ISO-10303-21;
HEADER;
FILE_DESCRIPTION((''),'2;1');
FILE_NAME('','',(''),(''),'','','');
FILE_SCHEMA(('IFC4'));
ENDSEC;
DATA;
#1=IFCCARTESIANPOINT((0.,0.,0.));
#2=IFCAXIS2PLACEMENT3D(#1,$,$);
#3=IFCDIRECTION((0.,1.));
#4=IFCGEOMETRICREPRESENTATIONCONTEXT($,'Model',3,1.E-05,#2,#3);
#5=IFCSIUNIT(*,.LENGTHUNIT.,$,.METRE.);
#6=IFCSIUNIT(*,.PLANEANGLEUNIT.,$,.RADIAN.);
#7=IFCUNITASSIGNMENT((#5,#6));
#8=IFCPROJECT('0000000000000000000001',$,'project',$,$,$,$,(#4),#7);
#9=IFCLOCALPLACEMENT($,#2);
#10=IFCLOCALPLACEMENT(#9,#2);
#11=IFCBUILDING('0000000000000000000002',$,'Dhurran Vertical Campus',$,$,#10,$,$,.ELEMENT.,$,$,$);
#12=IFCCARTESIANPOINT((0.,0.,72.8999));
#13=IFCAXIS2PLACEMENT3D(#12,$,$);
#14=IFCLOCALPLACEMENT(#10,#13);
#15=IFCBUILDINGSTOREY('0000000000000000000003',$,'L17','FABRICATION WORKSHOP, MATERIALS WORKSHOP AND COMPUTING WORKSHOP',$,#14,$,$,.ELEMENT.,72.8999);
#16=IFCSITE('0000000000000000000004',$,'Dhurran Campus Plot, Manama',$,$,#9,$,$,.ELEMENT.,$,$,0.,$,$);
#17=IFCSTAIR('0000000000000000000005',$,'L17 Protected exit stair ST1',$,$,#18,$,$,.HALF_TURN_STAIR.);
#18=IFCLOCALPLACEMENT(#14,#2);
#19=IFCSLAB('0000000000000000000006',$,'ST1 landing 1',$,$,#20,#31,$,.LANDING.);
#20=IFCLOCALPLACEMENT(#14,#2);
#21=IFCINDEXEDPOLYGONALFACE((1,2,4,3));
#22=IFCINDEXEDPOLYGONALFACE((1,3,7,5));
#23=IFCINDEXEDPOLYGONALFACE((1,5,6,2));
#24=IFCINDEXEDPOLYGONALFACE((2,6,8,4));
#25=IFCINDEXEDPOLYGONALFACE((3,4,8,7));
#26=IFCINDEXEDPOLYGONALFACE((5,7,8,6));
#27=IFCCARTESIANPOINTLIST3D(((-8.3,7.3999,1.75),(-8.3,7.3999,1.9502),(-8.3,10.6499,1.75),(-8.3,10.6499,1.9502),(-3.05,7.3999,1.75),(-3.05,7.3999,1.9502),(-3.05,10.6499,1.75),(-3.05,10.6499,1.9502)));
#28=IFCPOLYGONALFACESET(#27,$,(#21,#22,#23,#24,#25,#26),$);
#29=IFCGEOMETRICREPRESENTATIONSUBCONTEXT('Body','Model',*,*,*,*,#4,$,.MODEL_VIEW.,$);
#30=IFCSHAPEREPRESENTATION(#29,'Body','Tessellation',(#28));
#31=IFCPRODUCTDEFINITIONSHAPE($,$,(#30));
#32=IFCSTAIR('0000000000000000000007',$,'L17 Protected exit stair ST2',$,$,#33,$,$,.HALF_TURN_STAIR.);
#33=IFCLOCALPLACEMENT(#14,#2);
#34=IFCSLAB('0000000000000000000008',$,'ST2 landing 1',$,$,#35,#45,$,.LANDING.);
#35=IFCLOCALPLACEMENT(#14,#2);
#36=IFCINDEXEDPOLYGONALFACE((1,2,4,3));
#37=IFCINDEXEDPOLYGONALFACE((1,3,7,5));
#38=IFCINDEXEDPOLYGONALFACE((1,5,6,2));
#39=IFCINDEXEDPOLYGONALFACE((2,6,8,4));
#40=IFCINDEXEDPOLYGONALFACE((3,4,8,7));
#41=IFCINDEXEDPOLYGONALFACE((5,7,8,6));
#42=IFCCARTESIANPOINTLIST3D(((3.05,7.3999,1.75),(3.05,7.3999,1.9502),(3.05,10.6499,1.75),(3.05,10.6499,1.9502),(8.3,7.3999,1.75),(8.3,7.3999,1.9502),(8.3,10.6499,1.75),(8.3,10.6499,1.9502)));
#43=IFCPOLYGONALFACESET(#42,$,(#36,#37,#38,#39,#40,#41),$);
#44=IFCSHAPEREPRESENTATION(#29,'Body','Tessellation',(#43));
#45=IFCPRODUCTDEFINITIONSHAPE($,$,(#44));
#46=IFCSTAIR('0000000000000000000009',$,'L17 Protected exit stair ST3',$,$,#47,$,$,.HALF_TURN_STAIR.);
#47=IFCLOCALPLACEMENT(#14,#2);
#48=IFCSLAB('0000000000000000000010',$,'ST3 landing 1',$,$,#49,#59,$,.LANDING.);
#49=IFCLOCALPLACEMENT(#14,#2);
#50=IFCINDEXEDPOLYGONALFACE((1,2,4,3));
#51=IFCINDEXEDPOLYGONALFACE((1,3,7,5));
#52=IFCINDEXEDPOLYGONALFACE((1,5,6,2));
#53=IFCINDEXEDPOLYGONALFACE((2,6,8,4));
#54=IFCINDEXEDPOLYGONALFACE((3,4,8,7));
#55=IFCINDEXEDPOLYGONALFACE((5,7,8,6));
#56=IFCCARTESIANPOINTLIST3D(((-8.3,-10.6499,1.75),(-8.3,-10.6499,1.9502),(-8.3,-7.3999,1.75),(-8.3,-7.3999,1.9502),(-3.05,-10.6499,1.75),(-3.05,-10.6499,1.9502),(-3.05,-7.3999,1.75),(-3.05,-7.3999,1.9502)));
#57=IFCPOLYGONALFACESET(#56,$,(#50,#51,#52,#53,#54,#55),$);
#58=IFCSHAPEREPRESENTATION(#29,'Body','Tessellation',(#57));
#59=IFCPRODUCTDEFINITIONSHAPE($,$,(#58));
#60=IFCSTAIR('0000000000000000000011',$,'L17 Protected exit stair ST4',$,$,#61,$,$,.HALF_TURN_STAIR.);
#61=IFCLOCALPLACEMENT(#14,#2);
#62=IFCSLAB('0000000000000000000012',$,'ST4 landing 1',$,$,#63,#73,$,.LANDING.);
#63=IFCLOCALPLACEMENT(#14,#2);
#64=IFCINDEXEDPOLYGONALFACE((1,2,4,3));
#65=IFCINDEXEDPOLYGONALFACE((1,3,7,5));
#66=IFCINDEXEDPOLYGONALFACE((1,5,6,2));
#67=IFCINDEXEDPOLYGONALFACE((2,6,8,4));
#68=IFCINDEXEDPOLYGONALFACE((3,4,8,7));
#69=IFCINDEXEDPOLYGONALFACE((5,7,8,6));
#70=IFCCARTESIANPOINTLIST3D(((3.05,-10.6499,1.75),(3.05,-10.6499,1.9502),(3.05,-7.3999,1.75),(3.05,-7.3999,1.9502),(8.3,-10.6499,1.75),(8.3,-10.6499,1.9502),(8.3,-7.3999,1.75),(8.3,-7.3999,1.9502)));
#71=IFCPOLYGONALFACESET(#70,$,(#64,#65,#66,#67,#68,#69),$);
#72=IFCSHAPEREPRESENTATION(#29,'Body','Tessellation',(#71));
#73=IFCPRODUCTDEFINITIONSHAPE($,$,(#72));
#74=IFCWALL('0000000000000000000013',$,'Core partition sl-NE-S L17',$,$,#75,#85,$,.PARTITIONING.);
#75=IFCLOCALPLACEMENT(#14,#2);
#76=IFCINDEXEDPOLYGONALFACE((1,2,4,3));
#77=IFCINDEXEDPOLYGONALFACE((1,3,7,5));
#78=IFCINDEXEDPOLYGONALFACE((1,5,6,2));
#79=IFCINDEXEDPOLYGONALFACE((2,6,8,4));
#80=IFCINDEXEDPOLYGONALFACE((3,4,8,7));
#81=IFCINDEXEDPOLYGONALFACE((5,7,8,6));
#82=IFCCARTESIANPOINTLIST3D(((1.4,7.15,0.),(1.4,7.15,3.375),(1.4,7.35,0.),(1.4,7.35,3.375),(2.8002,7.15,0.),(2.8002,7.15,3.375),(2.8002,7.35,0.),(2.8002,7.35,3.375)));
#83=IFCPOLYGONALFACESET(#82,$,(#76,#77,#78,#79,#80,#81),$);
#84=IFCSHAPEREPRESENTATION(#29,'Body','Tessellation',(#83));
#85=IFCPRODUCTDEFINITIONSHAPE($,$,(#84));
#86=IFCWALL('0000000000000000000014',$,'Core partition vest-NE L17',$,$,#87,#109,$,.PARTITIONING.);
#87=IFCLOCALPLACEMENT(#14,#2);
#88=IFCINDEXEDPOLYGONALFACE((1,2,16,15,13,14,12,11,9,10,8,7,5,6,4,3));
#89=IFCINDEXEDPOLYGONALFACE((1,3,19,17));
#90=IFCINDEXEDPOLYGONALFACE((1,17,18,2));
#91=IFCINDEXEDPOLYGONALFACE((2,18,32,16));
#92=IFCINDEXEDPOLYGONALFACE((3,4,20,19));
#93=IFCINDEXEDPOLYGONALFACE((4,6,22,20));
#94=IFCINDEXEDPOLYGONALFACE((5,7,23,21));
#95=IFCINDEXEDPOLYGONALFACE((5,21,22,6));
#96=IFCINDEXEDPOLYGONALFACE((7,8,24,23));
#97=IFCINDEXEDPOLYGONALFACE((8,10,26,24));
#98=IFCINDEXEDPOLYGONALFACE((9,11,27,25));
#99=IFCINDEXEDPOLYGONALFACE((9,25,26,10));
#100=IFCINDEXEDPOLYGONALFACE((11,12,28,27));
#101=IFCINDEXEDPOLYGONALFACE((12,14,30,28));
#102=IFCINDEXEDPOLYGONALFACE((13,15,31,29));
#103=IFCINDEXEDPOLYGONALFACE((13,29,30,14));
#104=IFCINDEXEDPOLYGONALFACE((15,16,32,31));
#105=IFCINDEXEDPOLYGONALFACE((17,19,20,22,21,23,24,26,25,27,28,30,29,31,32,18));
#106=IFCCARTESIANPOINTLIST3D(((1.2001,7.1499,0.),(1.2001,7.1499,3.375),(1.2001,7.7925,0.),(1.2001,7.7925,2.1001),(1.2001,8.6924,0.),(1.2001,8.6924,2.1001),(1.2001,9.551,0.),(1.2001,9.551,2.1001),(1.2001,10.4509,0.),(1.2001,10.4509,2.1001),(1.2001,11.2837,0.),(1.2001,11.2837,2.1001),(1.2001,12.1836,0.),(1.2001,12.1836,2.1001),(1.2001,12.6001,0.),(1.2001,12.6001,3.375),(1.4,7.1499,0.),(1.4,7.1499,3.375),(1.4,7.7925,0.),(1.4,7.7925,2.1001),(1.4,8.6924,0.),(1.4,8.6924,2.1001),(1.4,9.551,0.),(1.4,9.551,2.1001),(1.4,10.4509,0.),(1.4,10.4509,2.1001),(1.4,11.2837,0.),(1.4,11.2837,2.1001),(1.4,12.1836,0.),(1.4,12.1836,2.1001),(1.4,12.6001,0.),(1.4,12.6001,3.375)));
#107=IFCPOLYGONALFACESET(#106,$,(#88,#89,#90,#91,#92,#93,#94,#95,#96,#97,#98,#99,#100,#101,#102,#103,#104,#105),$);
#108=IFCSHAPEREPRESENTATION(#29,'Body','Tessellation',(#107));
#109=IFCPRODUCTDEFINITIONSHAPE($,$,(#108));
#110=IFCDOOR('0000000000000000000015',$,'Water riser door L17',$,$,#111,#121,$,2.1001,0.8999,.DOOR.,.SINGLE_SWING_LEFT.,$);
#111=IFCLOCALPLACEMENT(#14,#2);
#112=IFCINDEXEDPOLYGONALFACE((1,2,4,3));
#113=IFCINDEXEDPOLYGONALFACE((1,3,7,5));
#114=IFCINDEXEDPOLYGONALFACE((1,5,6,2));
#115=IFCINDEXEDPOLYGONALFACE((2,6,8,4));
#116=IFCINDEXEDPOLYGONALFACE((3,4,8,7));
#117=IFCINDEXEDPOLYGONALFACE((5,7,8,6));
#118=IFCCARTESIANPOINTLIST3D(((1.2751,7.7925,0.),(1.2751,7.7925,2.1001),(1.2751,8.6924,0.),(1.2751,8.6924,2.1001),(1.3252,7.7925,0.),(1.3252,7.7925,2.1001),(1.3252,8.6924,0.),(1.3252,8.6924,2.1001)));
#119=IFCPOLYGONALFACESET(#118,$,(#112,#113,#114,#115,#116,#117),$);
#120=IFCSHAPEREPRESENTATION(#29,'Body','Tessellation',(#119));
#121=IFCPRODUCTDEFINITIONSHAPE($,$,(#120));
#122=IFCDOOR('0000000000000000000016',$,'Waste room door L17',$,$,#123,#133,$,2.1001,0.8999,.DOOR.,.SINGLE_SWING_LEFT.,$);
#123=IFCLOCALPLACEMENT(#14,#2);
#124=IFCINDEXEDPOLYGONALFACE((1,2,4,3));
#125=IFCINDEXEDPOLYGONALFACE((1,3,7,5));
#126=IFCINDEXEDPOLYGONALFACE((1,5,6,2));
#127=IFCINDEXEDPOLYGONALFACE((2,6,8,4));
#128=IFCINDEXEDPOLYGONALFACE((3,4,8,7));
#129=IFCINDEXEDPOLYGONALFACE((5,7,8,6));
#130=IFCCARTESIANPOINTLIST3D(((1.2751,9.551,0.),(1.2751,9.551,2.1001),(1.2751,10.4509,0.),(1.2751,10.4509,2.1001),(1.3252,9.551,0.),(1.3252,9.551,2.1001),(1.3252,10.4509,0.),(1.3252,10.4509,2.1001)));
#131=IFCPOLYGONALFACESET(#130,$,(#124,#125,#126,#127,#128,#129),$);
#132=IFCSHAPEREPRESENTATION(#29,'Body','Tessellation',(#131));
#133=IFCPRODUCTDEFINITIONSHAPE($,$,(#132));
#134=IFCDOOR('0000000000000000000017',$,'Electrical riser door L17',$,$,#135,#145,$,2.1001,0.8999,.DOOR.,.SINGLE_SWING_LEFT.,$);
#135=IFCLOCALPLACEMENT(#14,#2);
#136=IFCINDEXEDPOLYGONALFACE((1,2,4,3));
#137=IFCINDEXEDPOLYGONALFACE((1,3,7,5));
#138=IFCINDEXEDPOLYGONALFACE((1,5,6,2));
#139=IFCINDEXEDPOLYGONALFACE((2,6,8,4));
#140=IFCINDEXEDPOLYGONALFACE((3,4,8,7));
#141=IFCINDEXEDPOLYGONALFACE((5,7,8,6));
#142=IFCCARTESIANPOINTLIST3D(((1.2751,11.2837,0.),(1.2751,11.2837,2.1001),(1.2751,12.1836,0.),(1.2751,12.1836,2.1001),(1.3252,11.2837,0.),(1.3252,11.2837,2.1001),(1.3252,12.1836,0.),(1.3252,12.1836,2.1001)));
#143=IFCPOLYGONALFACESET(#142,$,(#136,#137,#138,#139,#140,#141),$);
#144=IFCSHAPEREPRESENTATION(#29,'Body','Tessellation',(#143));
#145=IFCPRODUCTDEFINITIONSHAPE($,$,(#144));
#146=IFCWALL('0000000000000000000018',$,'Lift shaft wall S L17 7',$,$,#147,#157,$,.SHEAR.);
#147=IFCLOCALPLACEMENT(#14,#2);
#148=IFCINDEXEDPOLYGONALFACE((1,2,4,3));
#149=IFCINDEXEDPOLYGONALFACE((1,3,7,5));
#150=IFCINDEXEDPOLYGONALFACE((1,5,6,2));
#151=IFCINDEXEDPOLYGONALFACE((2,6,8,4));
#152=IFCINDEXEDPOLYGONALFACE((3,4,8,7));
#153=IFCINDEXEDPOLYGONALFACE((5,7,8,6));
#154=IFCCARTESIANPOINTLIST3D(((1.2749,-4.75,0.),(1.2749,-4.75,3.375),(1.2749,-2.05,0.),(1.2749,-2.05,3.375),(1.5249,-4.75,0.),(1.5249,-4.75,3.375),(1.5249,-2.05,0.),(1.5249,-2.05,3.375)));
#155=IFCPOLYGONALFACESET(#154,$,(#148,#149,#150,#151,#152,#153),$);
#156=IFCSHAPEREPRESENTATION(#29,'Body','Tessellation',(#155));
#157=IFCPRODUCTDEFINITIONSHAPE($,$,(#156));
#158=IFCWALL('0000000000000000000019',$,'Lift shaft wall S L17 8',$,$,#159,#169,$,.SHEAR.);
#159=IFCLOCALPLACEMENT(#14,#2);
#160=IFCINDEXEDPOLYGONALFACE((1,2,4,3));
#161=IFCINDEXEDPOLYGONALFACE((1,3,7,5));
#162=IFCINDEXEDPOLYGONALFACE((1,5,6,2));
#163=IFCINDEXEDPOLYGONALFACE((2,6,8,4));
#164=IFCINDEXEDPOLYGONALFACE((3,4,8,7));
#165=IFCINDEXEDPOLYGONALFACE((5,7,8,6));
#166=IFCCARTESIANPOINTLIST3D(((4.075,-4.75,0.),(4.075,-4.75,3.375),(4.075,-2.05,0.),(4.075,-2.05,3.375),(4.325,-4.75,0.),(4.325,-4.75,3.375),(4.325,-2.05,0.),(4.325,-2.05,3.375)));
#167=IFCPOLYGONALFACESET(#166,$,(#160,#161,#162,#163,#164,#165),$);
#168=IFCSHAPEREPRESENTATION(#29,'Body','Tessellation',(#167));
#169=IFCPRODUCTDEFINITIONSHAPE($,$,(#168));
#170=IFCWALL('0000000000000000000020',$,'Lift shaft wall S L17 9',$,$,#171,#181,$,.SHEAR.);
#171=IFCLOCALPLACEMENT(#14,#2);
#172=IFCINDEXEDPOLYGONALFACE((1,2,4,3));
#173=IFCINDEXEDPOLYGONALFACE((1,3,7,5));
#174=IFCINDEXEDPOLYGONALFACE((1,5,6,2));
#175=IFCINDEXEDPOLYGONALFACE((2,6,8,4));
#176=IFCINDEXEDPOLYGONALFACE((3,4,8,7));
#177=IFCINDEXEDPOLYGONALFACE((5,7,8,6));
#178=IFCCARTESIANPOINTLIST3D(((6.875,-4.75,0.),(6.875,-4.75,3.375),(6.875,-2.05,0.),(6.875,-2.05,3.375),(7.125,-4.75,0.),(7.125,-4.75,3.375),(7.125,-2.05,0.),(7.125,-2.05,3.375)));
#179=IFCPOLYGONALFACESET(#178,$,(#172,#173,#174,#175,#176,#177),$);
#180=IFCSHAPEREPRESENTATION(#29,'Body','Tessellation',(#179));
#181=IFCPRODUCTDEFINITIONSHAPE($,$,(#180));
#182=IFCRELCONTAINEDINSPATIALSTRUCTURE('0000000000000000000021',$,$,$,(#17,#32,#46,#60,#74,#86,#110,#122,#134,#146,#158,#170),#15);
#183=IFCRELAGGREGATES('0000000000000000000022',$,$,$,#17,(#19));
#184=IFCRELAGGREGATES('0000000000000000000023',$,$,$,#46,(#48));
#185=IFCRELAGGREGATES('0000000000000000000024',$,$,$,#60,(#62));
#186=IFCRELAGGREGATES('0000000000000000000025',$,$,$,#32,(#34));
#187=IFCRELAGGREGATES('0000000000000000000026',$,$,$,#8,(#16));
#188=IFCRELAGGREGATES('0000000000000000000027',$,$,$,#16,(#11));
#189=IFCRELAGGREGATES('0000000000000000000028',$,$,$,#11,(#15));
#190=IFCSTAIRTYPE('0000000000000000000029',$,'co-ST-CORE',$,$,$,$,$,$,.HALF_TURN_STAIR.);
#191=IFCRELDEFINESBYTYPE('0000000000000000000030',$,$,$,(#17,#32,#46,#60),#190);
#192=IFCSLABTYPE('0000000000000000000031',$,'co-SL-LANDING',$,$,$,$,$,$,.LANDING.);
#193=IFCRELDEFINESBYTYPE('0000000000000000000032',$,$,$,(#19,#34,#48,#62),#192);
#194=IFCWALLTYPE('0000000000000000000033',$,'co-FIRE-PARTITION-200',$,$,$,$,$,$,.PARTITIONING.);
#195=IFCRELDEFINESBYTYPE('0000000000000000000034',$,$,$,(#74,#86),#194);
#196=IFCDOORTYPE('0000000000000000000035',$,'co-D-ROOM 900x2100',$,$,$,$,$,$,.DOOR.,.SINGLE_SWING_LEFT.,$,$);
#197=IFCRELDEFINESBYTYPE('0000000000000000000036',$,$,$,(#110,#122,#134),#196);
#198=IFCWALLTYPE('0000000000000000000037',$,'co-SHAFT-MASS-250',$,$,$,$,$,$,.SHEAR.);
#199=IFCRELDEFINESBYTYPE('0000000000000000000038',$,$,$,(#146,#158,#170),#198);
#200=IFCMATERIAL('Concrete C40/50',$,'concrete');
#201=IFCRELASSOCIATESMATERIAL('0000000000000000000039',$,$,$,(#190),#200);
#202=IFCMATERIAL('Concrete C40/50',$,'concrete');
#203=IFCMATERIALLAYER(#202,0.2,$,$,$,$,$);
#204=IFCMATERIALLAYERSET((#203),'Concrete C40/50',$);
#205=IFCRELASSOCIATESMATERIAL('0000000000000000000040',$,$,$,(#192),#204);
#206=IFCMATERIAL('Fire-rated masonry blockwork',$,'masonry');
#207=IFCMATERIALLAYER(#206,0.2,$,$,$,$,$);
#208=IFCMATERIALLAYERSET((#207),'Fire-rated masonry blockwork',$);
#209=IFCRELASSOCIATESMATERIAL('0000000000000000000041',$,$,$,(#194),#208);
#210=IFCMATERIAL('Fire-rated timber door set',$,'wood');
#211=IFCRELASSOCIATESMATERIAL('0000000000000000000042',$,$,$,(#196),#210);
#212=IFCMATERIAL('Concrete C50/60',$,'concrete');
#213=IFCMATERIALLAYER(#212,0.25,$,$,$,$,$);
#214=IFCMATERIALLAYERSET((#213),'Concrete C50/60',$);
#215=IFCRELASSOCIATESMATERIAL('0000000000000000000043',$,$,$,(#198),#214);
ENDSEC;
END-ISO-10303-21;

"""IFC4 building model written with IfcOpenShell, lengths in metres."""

from ifc_helpers import new_model, si_unit, direction, frame, frame_2d, origin, place, context, subcontext, project, spatial, polyline, rectangle, outline, extrude, material, layer, layer_set, type_object, element, fill, aggregate, save


model = new_model("IFC4")

# Units and contexts
model_context = context("Model", 3, precision=1e-05, world=origin(), true_north=direction((0.0, 1.0)))
body_context = subcontext(model_context, "Body", "Model", "MODEL_VIEW")
ifc_project = project(units=[si_unit("LENGTHUNIT", "METRE"), si_unit("PLANEANGLEUNIT", "RADIAN")], contexts=[model_context])

# Site, building, storey
site_placement = place(None, origin())
site = spatial("IfcSite", under=ifc_project, at=site_placement, Name="Dhurran Campus Plot, Manama", CompositionType="ELEMENT", RefElevation=0.0)
building_placement = place(site_placement, origin())
building = spatial("IfcBuilding", under=site, at=building_placement, Name="Dhurran Vertical Campus", CompositionType="ELEMENT")
storey_placement = place(building_placement, frame((0.0, 0.0, 72.8999)))
storey = spatial("IfcBuildingStorey", under=building, at=storey_placement, Name="L17", Description="FABRICATION WORKSHOP, MATERIALS WORKSHOP AND COMPUTING WORKSHOP", CompositionType="ELEMENT", Elevation=72.8999)

# Stairs, slabs
ifc_material_1 = material(Name="Concrete C40/50", Category="concrete")
stair_type = type_object("IfcStairType", Name="co-ST-CORE", PredefinedType="HALF_TURN_STAIR", material=ifc_material_1)
stair_1_placement = place(storey_placement, origin())
stair_1 = element("IfcStair", 1, at=stair_1_placement, inside=storey, type_object=stair_type, Name="L17 Protected exit stair ST1", PredefinedType="HALF_TURN_STAIR")
ifc_material_2 = material(Name="Concrete C40/50", Category="concrete")
ifc_layer_1 = layer(ifc_material_2, 0.2)
ifc_layer_set_1 = layer_set([ifc_layer_1], Name="Concrete C40/50")
slab_type = type_object("IfcSlabType", Name="co-SL-LANDING", PredefinedType="LANDING", material=ifc_layer_set_1)
slab_1_placement = place(storey_placement, frame((0.0, 0.0, 1.75)))
slab_1 = element("IfcSlab", 2, at=slab_1_placement, type_object=slab_type, Name="ST1 landing 1", PredefinedType="LANDING", context=body_context, shape_type="SweptSolid", body=[
    extrude(outline(polyline([(-8.3, 7.3999), (-3.05, 7.3999), (-3.05, 10.6499), (-8.3, 10.6499), (-8.3, 7.3999)])), origin(), (0.0, 0.0, 1.0), 0.2002),
])
aggregate(stair_1, [slab_1])
stair_2_placement = place(storey_placement, origin())
stair_2 = element("IfcStair", 3, at=stair_2_placement, inside=storey, type_object=stair_type, Name="L17 Protected exit stair ST2", PredefinedType="HALF_TURN_STAIR")
slab_2_placement = place(storey_placement, frame((0.0, 0.0, 1.75)))
slab_2 = element("IfcSlab", 4, at=slab_2_placement, type_object=slab_type, Name="ST2 landing 1", PredefinedType="LANDING", context=body_context, shape_type="SweptSolid", body=[
    extrude(outline(polyline([(8.3, 10.6499), (3.05, 10.6499), (3.05, 7.3999), (8.3, 7.3999), (8.3, 10.6499)])), origin(), (0.0, 0.0, 1.0), 0.2002),
])
stair_3_placement = place(storey_placement, origin())
stair_3 = element("IfcStair", 5, at=stair_3_placement, inside=storey, type_object=stair_type, Name="L17 Protected exit stair ST3", PredefinedType="HALF_TURN_STAIR")
slab_3_placement = place(storey_placement, frame((0.0, 0.0, 1.75)))
slab_3 = element("IfcSlab", 6, at=slab_3_placement, type_object=slab_type, Name="ST3 landing 1", PredefinedType="LANDING", context=body_context, shape_type="SweptSolid", body=[
    extrude(outline(polyline([(-8.3, -10.6499), (-3.05, -10.6499), (-3.05, -7.3999), (-8.3, -7.3999), (-8.3, -10.6499)])), origin(), (0.0, 0.0, 1.0), 0.2002),
])
aggregate(stair_3, [slab_3])
stair_4_placement = place(storey_placement, origin())
stair_4 = element("IfcStair", 7, at=stair_4_placement, inside=storey, type_object=stair_type, Name="L17 Protected exit stair ST4", PredefinedType="HALF_TURN_STAIR")
slab_4_placement = place(storey_placement, frame((0.0, 0.0, 1.75)))
slab_4 = element("IfcSlab", 8, at=slab_4_placement, type_object=slab_type, Name="ST4 landing 1", PredefinedType="LANDING", context=body_context, shape_type="SweptSolid", body=[
    extrude(outline(polyline([(8.3, -7.3999), (3.05, -7.3999), (3.05, -10.6499), (8.3, -10.6499), (8.3, -7.3999)])), origin(), (0.0, 0.0, 1.0), 0.2002),
])
aggregate(stair_4, [slab_4])

# Wall
ifc_material_3 = material(Name="Fire-rated masonry blockwork", Category="masonry")
ifc_layer_2 = layer(ifc_material_3, 0.2)
ifc_layer_set_2 = layer_set([ifc_layer_2], Name="Fire-rated masonry blockwork")
wall_type_1 = type_object("IfcWallType", Name="co-FIRE-PARTITION-200", PredefinedType="PARTITIONING", material=ifc_layer_set_2)
wall_1_placement = place(storey_placement, frame((1.3999, 7.25, 0.0), z_axis=(0.0, 0.0, 1.0), x_axis=(1.0, 0.0, 0.0)))
element("IfcWall", 9, at=wall_1_placement, inside=storey, type_object=wall_type_1, Name="Core partition sl-NE-S L17", PredefinedType="PARTITIONING", context=body_context, shape_type="SweptSolid", body=[
    extrude(rectangle(XDim=1.4001, YDim=0.2, at=frame_2d((0.7002, 0.0))), origin(), (0.0, 0.0, 1.0), 3.375),
])

# Wall, openings, doors
wall_2_placement = place(storey_placement, frame((1.3, 7.1499, 0.0), z_axis=(0.0, 0.0, 1.0), x_axis=(0.0, 1.0, 0.0)))
wall_2 = element("IfcWall", 10, at=wall_2_placement, inside=storey, type_object=wall_type_1, Name="Core partition vest-NE L17", PredefinedType="PARTITIONING", context=body_context, shape_type="SweptSolid", body=[
    extrude(rectangle(XDim=5.4502, YDim=0.2, at=frame_2d((2.7251, 0.0))), origin(), (0.0, 0.0, 1.0), 3.375),
])
opening_1_placement = place(wall_2_placement, frame((0.6426, 0.0, 0.0)))
opening_1 = element("IfcOpeningElement", 11, at=opening_1_placement, cuts=wall_2, PredefinedType="OPENING", context=body_context, shape_type="SweptSolid", body=[
    extrude(rectangle(XDim=0.8999, YDim=2.1001, at=frame_2d((0.45, 1.05))), frame((0.0, 0.1099, 0.0), z_axis=(0.0, -1.0, 0.0), x_axis=(1.0, 0.0, 0.0)), (0.0, 0.0, 1.0), 0.22),
])
opening_2_placement = place(wall_2_placement, frame((2.4011, 0.0, 0.0)))
opening_2 = element("IfcOpeningElement", 12, at=opening_2_placement, cuts=wall_2, PredefinedType="OPENING", context=body_context, shape_type="SweptSolid", body=[
    extrude(rectangle(XDim=0.8999, YDim=2.1001, at=frame_2d((0.45, 1.05))), frame((0.0, 0.1099, 0.0), z_axis=(0.0, -1.0, 0.0), x_axis=(1.0, 0.0, 0.0)), (0.0, 0.0, 1.0), 0.22),
])
opening_3_placement = place(wall_2_placement, frame((4.1338, 0.0, 0.0)))
opening_3 = element("IfcOpeningElement", 13, at=opening_3_placement, cuts=wall_2, PredefinedType="OPENING", context=body_context, shape_type="SweptSolid", body=[
    extrude(rectangle(XDim=0.8999, YDim=2.1001, at=frame_2d((0.45, 1.05))), frame((0.0, 0.1099, 0.0), z_axis=(0.0, -1.0, 0.0), x_axis=(1.0, 0.0, 0.0)), (0.0, 0.0, 1.0), 0.22),
])
ifc_material_4 = material(Name="Fire-rated timber door set", Category="wood")
door_type_1 = type_object("IfcDoorType", Name="co-D-ROOM 900x2100", OperationType="SINGLE_SWING_LEFT", PredefinedType="DOOR", material=ifc_material_4)
door_1_placement = place(opening_1_placement, origin())
door_1 = element("IfcDoor", 14, at=door_1_placement, inside=storey, type_object=door_type_1, Name="Water riser door L17", OperationType="SINGLE_SWING_LEFT", OverallHeight=2.1001, OverallWidth=0.8999, PredefinedType="DOOR", context=body_context, shape_type="SweptSolid", body=[
    extrude(rectangle(XDim=0.8999, YDim=2.1001, at=frame_2d((0.45, 1.05))), frame((0.0, 0.0249, 0.0), z_axis=(0.0, -1.0, 0.0), x_axis=(1.0, 0.0, 0.0)), (0.0, 0.0, 1.0), 0.05),
])
fill(opening_1, door_1)
door_2_placement = place(opening_2_placement, origin())
door_2 = element("IfcDoor", 15, at=door_2_placement, inside=storey, type_object=door_type_1, Name="Waste room door L17", OperationType="SINGLE_SWING_LEFT", OverallHeight=2.1001, OverallWidth=0.8999, PredefinedType="DOOR", context=body_context, shape_type="SweptSolid", body=[
    extrude(rectangle(XDim=0.8999, YDim=2.1001, at=frame_2d((0.45, 1.05))), frame((0.0, 0.0249, 0.0), z_axis=(0.0, -1.0, 0.0), x_axis=(1.0, 0.0, 0.0)), (0.0, 0.0, 1.0), 0.05),
])
fill(opening_2, door_2)
door_3_placement = place(opening_3_placement, origin())
door_3 = element("IfcDoor", 16, at=door_3_placement, inside=storey, type_object=door_type_1, Name="Electrical riser door L17", OperationType="SINGLE_SWING_LEFT", OverallHeight=2.1001, OverallWidth=0.8999, PredefinedType="DOOR", context=body_context, shape_type="SweptSolid", body=[
    extrude(rectangle(XDim=0.8999, YDim=2.1001, at=frame_2d((0.45, 1.05))), frame((0.0, 0.0249, 0.0), z_axis=(0.0, -1.0, 0.0), x_axis=(1.0, 0.0, 0.0)), (0.0, 0.0, 1.0), 0.05),
])
fill(opening_3, door_3)

# Walls
ifc_material_5 = material(Name="Concrete C50/60", Category="concrete")
ifc_layer_3 = layer(ifc_material_5, 0.25)
ifc_layer_set_3 = layer_set([ifc_layer_3], Name="Concrete C50/60")
wall_type_2 = type_object("IfcWallType", Name="co-SHAFT-MASS-250", PredefinedType="SHEAR", material=ifc_layer_set_3)
wall_3_placement = place(storey_placement, origin())
element("IfcWall", 17, at=wall_3_placement, inside=storey, type_object=wall_type_2, Name="Lift shaft wall S L17 7", PredefinedType="SHEAR", context=body_context, shape_type="SweptSolid", body=[
    extrude(outline(polyline([(1.2749, -4.75), (1.5249, -4.75), (1.5249, -2.05), (1.2749, -2.05), (1.2749, -4.75)])), origin(), (0.0, 0.0, 1.0), 3.375),
])
wall_4_placement = place(storey_placement, origin())
element("IfcWall", 18, at=wall_4_placement, inside=storey, type_object=wall_type_2, Name="Lift shaft wall S L17 8", PredefinedType="SHEAR", context=body_context, shape_type="SweptSolid", body=[
    extrude(outline(polyline([(4.075, -4.75), (4.325, -4.75), (4.325, -2.05), (4.075, -2.05), (4.075, -4.75)])), origin(), (0.0, 0.0, 1.0), 3.375),
])
wall_5_placement = place(storey_placement, origin())
element("IfcWall", 19, at=wall_5_placement, inside=storey, type_object=wall_type_2, Name="Lift shaft wall S L17 9", PredefinedType="SHEAR", context=body_context, shape_type="SweptSolid", body=[
    extrude(outline(polyline([(6.875, -4.75), (7.125, -4.75), (7.125, -2.05), (6.875, -2.05), (6.875, -4.75)])), origin(), (0.0, 0.0, 1.0), 3.375),
])

aggregate(stair_2, [slab_2])

save(model, "model.ifc")
